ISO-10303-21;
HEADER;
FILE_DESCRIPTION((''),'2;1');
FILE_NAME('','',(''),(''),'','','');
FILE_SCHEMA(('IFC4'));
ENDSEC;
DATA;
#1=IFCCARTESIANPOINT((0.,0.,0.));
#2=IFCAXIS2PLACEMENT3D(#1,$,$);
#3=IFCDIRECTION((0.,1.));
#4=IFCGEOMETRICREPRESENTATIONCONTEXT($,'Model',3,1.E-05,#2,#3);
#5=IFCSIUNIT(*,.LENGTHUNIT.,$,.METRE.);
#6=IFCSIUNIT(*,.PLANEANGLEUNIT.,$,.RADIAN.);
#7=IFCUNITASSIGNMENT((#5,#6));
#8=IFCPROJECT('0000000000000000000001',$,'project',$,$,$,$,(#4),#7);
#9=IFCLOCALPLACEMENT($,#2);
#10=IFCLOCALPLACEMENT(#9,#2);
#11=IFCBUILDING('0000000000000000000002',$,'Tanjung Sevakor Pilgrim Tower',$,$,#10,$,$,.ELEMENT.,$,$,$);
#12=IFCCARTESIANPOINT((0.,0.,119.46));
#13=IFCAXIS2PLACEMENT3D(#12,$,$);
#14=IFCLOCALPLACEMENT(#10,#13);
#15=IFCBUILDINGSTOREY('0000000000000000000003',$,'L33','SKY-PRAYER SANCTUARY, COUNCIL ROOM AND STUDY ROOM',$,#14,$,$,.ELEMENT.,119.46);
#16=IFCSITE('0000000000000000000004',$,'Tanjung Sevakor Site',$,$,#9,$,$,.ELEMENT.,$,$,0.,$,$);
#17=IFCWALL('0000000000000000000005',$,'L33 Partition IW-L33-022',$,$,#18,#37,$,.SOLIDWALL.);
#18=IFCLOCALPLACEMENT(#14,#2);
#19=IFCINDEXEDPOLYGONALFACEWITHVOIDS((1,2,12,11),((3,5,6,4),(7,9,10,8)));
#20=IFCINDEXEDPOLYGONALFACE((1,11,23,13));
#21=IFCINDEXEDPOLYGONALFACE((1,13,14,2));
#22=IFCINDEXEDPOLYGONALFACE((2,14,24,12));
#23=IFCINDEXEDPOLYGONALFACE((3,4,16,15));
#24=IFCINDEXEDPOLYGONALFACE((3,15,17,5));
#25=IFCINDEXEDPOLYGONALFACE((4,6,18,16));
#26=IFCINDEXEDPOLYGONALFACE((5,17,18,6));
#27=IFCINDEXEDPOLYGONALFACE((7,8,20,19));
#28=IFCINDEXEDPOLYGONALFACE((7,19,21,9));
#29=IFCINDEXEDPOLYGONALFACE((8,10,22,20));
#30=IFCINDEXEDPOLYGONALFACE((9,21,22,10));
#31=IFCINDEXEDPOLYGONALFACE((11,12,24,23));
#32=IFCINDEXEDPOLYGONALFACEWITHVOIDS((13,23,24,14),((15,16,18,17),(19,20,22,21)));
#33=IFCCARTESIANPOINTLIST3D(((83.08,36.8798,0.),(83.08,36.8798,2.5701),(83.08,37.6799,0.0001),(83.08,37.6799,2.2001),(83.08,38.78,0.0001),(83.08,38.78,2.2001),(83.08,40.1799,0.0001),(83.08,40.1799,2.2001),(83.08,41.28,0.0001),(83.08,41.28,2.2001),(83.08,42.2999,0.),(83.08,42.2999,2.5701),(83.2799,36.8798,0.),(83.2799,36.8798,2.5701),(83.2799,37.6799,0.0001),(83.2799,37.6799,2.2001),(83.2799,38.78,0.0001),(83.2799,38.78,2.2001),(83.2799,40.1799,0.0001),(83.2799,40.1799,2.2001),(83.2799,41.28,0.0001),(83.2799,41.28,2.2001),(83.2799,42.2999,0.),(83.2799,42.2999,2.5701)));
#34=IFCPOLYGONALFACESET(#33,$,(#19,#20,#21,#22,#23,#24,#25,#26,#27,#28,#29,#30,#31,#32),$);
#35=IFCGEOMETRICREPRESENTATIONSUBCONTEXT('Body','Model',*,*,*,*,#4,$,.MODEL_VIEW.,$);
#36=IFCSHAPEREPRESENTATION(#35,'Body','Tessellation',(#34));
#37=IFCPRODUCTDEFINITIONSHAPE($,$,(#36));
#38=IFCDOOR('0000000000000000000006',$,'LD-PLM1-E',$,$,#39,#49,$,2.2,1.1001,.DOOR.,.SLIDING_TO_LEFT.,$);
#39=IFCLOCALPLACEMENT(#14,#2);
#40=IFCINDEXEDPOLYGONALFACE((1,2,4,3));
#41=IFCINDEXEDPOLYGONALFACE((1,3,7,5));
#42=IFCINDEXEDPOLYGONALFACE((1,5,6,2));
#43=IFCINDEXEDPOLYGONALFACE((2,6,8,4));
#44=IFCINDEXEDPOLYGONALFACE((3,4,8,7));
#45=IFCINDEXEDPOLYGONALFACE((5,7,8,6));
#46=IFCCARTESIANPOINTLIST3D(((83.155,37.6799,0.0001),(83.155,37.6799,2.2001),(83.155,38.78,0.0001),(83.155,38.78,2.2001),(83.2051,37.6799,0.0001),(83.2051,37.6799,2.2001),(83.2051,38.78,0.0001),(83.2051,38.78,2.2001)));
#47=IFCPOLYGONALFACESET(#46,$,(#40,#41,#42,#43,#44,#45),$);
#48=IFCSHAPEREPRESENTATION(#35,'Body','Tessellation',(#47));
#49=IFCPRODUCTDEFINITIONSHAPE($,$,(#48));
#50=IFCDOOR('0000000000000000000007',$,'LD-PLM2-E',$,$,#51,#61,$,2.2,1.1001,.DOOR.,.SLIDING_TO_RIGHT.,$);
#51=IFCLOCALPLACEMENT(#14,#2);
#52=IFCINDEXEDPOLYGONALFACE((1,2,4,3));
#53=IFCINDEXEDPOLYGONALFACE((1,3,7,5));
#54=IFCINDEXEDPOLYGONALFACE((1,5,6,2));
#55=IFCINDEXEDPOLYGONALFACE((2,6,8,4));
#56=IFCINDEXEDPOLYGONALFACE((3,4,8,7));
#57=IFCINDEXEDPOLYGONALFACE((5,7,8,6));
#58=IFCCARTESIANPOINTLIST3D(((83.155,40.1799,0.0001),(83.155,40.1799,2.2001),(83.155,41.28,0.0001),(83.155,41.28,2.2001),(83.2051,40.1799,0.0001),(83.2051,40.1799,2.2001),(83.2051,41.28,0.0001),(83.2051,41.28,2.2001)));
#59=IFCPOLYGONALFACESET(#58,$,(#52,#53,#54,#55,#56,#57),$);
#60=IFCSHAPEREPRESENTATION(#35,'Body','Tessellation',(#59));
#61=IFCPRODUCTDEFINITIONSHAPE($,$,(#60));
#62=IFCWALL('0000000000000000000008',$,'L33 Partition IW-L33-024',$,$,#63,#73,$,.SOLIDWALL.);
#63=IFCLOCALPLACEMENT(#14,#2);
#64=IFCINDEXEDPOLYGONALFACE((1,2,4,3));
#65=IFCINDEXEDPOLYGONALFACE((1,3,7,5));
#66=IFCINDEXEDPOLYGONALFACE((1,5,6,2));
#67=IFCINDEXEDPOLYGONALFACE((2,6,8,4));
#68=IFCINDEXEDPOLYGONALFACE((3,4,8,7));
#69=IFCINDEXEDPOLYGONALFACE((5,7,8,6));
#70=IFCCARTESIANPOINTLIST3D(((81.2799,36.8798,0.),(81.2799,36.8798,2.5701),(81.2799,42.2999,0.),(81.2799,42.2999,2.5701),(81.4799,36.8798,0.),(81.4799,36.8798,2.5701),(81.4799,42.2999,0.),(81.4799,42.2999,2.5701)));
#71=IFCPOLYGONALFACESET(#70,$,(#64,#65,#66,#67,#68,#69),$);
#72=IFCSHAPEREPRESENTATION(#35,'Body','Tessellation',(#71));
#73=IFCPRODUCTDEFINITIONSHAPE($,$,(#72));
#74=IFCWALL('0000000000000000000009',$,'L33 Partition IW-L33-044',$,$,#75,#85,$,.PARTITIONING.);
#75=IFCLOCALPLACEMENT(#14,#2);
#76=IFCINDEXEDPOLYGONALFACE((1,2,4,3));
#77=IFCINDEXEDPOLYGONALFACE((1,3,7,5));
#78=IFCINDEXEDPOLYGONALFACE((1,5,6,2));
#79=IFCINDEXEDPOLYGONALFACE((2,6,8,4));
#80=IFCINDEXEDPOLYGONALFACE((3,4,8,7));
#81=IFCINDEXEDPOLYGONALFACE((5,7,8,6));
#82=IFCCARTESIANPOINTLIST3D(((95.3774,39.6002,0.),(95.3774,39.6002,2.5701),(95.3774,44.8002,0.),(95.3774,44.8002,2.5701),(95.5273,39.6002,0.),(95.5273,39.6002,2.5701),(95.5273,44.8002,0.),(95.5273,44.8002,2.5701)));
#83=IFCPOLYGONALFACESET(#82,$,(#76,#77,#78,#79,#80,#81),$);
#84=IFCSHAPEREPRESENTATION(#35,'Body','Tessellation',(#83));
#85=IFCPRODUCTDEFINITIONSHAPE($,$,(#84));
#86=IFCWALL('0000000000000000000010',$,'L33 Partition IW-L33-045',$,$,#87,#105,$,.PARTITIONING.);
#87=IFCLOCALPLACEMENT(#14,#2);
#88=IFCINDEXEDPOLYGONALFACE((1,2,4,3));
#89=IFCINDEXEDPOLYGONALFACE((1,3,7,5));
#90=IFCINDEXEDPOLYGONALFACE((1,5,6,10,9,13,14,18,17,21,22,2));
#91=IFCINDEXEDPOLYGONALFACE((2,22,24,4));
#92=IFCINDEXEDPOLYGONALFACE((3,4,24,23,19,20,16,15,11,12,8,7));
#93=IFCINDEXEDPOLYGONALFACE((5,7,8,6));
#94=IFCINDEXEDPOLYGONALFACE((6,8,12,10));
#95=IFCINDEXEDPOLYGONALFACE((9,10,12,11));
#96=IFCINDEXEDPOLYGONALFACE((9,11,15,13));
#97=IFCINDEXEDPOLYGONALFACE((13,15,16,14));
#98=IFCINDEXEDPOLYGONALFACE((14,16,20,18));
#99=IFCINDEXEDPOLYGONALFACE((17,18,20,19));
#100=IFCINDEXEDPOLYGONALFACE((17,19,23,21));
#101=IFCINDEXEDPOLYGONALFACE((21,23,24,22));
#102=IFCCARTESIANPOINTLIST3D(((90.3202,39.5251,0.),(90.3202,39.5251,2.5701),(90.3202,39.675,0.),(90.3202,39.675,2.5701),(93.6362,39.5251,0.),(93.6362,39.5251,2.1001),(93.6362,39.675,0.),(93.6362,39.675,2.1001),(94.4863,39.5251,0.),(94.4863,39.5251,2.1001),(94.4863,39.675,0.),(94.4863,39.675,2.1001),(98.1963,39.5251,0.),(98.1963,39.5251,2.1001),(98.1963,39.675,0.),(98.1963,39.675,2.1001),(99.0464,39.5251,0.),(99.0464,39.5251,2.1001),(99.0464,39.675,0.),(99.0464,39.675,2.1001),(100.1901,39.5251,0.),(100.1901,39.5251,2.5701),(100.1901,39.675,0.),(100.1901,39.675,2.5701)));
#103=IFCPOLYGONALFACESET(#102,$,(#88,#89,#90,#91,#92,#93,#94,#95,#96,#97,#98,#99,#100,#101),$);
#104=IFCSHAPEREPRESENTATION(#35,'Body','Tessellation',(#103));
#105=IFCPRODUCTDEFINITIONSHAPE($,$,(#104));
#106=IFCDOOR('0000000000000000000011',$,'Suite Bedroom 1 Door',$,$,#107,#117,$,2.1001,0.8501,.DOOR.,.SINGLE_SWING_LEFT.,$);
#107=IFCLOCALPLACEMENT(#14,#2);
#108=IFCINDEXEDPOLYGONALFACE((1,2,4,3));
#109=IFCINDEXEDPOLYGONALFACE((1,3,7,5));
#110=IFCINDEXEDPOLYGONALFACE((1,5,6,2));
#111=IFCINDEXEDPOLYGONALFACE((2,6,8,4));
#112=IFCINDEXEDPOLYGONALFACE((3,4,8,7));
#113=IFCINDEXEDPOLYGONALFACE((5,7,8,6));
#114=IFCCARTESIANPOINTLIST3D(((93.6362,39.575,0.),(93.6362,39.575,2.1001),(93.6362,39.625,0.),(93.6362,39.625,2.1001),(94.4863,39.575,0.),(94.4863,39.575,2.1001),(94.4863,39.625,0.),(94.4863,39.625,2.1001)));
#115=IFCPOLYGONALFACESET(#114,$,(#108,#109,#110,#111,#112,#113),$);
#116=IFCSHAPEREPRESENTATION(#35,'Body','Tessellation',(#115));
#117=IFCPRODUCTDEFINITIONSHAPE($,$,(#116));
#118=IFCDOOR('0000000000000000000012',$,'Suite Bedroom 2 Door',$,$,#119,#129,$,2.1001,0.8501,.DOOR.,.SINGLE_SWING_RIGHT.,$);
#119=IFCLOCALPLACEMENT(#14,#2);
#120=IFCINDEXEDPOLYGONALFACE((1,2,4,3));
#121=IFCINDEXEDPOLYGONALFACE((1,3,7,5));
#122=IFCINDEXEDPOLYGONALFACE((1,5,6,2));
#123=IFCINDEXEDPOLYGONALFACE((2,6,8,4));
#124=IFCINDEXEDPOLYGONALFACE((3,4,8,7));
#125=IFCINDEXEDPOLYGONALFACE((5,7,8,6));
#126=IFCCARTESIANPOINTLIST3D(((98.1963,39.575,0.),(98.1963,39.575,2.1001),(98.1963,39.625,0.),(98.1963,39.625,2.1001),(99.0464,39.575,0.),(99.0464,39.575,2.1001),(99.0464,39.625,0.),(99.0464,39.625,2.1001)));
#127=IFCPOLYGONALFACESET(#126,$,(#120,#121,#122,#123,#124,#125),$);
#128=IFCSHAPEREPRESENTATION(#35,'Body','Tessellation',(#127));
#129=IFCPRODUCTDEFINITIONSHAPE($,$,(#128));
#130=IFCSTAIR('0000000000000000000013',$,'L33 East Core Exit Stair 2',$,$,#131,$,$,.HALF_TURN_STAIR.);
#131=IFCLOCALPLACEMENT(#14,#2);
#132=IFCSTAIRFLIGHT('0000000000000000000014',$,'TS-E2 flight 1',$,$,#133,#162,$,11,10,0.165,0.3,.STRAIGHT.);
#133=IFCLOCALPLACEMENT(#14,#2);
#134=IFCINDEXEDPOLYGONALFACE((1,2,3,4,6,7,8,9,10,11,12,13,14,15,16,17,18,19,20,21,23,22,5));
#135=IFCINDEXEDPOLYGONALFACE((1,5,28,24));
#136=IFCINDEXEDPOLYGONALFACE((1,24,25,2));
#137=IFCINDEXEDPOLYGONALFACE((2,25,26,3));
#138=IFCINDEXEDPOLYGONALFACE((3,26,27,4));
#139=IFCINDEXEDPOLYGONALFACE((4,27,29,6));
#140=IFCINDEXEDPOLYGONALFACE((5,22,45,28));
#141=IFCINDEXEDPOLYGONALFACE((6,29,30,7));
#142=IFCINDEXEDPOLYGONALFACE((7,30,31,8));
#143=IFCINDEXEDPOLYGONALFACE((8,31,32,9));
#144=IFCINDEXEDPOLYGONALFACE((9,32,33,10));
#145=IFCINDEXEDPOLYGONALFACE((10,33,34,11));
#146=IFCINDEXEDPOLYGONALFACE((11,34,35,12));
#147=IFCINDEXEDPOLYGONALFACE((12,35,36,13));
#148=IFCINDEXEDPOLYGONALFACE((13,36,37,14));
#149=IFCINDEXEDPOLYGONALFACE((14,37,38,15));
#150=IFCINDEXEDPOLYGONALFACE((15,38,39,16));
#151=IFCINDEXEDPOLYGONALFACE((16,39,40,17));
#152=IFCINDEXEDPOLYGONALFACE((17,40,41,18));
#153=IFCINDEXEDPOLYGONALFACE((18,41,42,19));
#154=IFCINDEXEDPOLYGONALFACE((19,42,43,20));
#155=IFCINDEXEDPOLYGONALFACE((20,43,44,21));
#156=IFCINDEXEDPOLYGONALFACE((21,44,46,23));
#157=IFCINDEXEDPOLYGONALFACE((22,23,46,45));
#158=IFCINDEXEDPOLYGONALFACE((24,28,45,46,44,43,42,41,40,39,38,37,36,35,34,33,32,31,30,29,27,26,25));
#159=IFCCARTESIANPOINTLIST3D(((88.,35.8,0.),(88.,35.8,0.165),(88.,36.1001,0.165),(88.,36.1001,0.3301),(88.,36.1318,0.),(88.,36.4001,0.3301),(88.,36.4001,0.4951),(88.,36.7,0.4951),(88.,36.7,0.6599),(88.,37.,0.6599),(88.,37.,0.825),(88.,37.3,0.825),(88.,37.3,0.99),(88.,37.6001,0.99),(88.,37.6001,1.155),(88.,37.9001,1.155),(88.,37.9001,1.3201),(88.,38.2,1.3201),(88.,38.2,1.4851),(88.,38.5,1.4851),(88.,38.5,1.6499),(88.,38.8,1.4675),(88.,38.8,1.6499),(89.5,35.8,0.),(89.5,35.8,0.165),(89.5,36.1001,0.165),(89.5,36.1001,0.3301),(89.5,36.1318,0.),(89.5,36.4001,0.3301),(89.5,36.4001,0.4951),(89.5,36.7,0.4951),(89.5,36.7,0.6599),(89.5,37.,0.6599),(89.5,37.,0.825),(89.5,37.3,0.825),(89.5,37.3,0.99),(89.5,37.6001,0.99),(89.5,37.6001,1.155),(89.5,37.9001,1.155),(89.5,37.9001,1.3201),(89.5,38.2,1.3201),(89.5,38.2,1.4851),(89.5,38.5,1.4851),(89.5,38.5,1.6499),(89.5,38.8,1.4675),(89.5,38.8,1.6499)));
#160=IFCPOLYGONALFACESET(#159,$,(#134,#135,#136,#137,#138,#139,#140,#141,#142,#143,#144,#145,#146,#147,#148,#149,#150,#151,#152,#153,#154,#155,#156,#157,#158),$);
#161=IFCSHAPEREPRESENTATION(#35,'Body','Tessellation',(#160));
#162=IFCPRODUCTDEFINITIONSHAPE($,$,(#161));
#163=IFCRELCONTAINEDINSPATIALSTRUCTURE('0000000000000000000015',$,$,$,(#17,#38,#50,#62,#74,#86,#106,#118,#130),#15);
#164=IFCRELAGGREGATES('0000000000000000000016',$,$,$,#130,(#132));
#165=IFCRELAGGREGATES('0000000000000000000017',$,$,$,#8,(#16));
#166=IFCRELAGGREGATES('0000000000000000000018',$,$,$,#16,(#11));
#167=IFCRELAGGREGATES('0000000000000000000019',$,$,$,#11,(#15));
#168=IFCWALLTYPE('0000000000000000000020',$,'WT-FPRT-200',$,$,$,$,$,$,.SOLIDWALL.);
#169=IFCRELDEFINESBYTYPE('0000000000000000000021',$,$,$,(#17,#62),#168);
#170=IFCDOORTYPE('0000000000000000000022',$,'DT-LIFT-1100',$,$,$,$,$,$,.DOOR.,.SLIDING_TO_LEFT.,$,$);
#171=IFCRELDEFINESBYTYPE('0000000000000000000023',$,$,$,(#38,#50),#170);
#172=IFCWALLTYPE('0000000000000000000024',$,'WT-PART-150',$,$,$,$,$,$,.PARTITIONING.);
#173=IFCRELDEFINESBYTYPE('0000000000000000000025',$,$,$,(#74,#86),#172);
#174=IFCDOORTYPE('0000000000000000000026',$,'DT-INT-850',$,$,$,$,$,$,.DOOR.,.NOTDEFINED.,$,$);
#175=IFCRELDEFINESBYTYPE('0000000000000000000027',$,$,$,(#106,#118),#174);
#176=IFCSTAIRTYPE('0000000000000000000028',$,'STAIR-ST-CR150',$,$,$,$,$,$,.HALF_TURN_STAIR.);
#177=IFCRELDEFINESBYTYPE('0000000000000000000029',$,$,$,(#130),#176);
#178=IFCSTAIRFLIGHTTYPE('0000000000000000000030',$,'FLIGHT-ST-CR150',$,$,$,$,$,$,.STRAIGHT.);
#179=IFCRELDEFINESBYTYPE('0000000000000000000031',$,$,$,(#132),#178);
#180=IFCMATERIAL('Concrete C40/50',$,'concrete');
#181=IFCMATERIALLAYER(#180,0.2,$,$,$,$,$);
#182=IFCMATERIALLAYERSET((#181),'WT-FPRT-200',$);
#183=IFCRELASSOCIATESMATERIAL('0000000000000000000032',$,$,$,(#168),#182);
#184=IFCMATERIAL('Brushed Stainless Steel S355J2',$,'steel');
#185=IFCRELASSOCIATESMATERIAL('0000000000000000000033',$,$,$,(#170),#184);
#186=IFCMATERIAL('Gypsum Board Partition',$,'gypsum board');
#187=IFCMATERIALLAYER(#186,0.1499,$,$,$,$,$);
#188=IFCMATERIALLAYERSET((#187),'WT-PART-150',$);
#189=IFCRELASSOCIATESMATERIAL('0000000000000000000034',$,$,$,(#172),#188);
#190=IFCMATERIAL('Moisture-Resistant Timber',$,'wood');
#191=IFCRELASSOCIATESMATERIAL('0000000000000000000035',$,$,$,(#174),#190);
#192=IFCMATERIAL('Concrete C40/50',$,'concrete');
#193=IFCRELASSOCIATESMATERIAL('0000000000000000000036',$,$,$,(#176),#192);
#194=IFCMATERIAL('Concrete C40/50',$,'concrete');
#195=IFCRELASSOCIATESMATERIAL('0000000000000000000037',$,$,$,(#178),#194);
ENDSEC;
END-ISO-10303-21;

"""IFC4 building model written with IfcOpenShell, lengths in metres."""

from ifc_helpers import new_model, si_unit, direction, frame, frame_2d, origin, place, context, subcontext, project, spatial, polyline, rectangle, outline, extrude, material, layer, layer_set, type_object, element, fill, aggregate, save


model = new_model("IFC4")

# Units and contexts
model_context = context("Model", 3, precision=1e-05, world=origin(), true_north=direction((0.0, 1.0)))
body_context = subcontext(model_context, "Body", "Model", "MODEL_VIEW")
ifc_project = project(units=[si_unit("LENGTHUNIT", "METRE"), si_unit("PLANEANGLEUNIT", "RADIAN")], contexts=[model_context])

# Site, building, storey
site_placement = place(None, origin())
site = spatial("IfcSite", under=ifc_project, at=site_placement, Name="Tanjung Sevakor Site", CompositionType="ELEMENT", RefElevation=0.0)
building_placement = place(site_placement, origin())
building = spatial("IfcBuilding", under=site, at=building_placement, Name="Tanjung Sevakor Pilgrim Tower", CompositionType="ELEMENT")
storey_placement = place(building_placement, frame((0.0, 0.0, 119.46)))
storey = spatial("IfcBuildingStorey", under=building, at=storey_placement, Name="L33", Description="SKY-PRAYER SANCTUARY, COUNCIL ROOM AND STUDY ROOM", CompositionType="ELEMENT", Elevation=119.46)

# Shared definitions
ifc_material_1 = material(Name="Concrete C40/50", Category="concrete")
ifc_layer_1 = layer(ifc_material_1, 0.2)
ifc_layer_set_1 = layer_set([ifc_layer_1], Name="WT-FPRT-200")
wall_type_1 = type_object("IfcWallType", Name="WT-FPRT-200", PredefinedType="SOLIDWALL", material=ifc_layer_set_1)

# Wall, openings, doors
wall_1_placement = place(storey_placement, frame((83.1799, 36.8799, 0.0), z_axis=(0.0, 0.0, 1.0), x_axis=(0.0, 1.0, 0.0)))
wall_1 = element("IfcWall", 1, at=wall_1_placement, inside=storey, type_object=wall_type_1, Name="L33 Partition IW-L33-022", PredefinedType="SOLIDWALL", context=body_context, shape_type="SweptSolid", body=[
    extrude(rectangle(XDim=5.4202, YDim=0.2, at=frame_2d((2.71, 0.0))), origin(), (0.0, 0.0, 1.0), 2.5701),
])
opening_1_placement = place(wall_1_placement, frame((0.8, 0.0, 0.0)))
opening_1 = element("IfcOpeningElement", 2, at=opening_1_placement, cuts=wall_1, PredefinedType="OPENING", context=body_context, shape_type="SweptSolid", body=[
    extrude(rectangle(XDim=1.1001, YDim=2.2, at=frame_2d((0.55, 1.1001))), frame((0.0, 0.1099, 0.0), z_axis=(0.0, -1.0, 0.0), x_axis=(1.0, 0.0, 0.0)), (0.0, 0.0, 1.0), 0.22),
])
opening_2_placement = place(wall_1_placement, frame((3.3, 0.0, 0.0)))
opening_2 = element("IfcOpeningElement", 3, at=opening_2_placement, cuts=wall_1, PredefinedType="OPENING", context=body_context, shape_type="SweptSolid", body=[
    extrude(rectangle(XDim=1.1001, YDim=2.2, at=frame_2d((0.55, 1.1001))), frame((0.0, 0.1099, 0.0), z_axis=(0.0, -1.0, 0.0), x_axis=(1.0, 0.0, 0.0)), (0.0, 0.0, 1.0), 0.22),
])
ifc_material_2 = material(Name="Brushed Stainless Steel S355J2", Category="steel")
door_type_1 = type_object("IfcDoorType", Name="DT-LIFT-1100", OperationType="SLIDING_TO_LEFT", PredefinedType="DOOR", material=ifc_material_2)
door_1_placement = place(opening_1_placement, origin())
door_1 = element("IfcDoor", 4, at=door_1_placement, inside=storey, type_object=door_type_1, Name="LD-PLM1-E", OperationType="SLIDING_TO_LEFT", OverallHeight=2.2, OverallWidth=1.1001, PredefinedType="DOOR", context=body_context, shape_type="SweptSolid", body=[
    extrude(rectangle(XDim=1.1001, YDim=2.2, at=frame_2d((0.55, 1.1001))), frame((0.0, 0.0249, 0.0), z_axis=(0.0, -1.0, 0.0), x_axis=(1.0, 0.0, 0.0)), (0.0, 0.0, 1.0), 0.05),
])
fill(opening_1, door_1)
door_2_placement = place(opening_2_placement, origin())
door_2 = element("IfcDoor", 5, at=door_2_placement, inside=storey, type_object=door_type_1, Name="LD-PLM2-E", OperationType="SLIDING_TO_RIGHT", OverallHeight=2.2, OverallWidth=1.1001, PredefinedType="DOOR", context=body_context, shape_type="SweptSolid", body=[
    extrude(rectangle(XDim=1.1001, YDim=2.2, at=frame_2d((0.55, 1.1001))), frame((0.0, 0.0249, 0.0), z_axis=(0.0, -1.0, 0.0), x_axis=(1.0, 0.0, 0.0)), (0.0, 0.0, 1.0), 0.05),
])
fill(opening_2, door_2)

# Walls
wall_2_placement = place(storey_placement, frame((81.3799, 36.8799, 0.0), z_axis=(0.0, 0.0, 1.0), x_axis=(0.0, 1.0, 0.0)))
element("IfcWall", 6, at=wall_2_placement, inside=storey, type_object=wall_type_1, Name="L33 Partition IW-L33-024", PredefinedType="SOLIDWALL", context=body_context, shape_type="SweptSolid", body=[
    extrude(rectangle(XDim=5.4202, YDim=0.2, at=frame_2d((2.71, 0.0))), origin(), (0.0, 0.0, 1.0), 2.5701),
])
ifc_material_3 = material(Name="Gypsum Board Partition", Category="gypsum board")
ifc_layer_2 = layer(ifc_material_3, 0.1499)
ifc_layer_set_2 = layer_set([ifc_layer_2], Name="WT-PART-150")
wall_type_2 = type_object("IfcWallType", Name="WT-PART-150", PredefinedType="PARTITIONING", material=ifc_layer_set_2)
wall_3_placement = place(storey_placement, frame((95.4524, 39.6001, 0.0), z_axis=(0.0, 0.0, 1.0), x_axis=(0.0, 1.0, 0.0)))
element("IfcWall", 7, at=wall_3_placement, inside=storey, type_object=wall_type_2, Name="L33 Partition IW-L33-044", PredefinedType="PARTITIONING", context=body_context, shape_type="SweptSolid", body=[
    extrude(rectangle(XDim=5.2, YDim=0.1499, at=frame_2d((2.6001, 0.0))), origin(), (0.0, 0.0, 1.0), 2.5701),
])

# Wall, openings, doors
wall_4_placement = place(storey_placement, frame((90.3201, 39.6001, 0.0), z_axis=(0.0, 0.0, 1.0), x_axis=(1.0, 0.0, 0.0)))
wall_4 = element("IfcWall", 8, at=wall_4_placement, inside=storey, type_object=wall_type_2, Name="L33 Partition IW-L33-045", PredefinedType="PARTITIONING", context=body_context, shape_type="SweptSolid", body=[
    extrude(rectangle(XDim=9.8699, YDim=0.1499, at=frame_2d((4.9351, 0.0))), origin(), (0.0, 0.0, 1.0), 2.5701),
])
opening_3_placement = place(wall_4_placement, frame((3.3162, 0.0, 0.0)))
opening_3 = element("IfcOpeningElement", 9, at=opening_3_placement, cuts=wall_4, PredefinedType="OPENING", context=body_context, shape_type="SweptSolid", body=[
    extrude(rectangle(XDim=0.8501, YDim=2.1001, at=frame_2d((0.425, 1.05))), frame((0.0, 0.085, 0.0), z_axis=(0.0, -1.0, 0.0), x_axis=(1.0, 0.0, 0.0)), (0.0, 0.0, 1.0), 0.1699),
])
opening_4_placement = place(wall_4_placement, frame((7.8762, 0.0, 0.0)))
opening_4 = element("IfcOpeningElement", 10, at=opening_4_placement, cuts=wall_4, PredefinedType="OPENING", context=body_context, shape_type="SweptSolid", body=[
    extrude(rectangle(XDim=0.8501, YDim=2.1001, at=frame_2d((0.425, 1.05))), frame((0.0, 0.085, 0.0), z_axis=(0.0, -1.0, 0.0), x_axis=(1.0, 0.0, 0.0)), (0.0, 0.0, 1.0), 0.1699),
])
ifc_material_4 = material(Name="Moisture-Resistant Timber", Category="wood")
door_type_2 = type_object("IfcDoorType", Name="DT-INT-850", OperationType="NOTDEFINED", PredefinedType="DOOR", material=ifc_material_4)
door_3_placement = place(opening_3_placement, origin())
door_3 = element("IfcDoor", 11, at=door_3_placement, inside=storey, type_object=door_type_2, Name="Suite Bedroom 1 Door", OperationType="SINGLE_SWING_LEFT", OverallHeight=2.1001, OverallWidth=0.8501, PredefinedType="DOOR", context=body_context, shape_type="SweptSolid", body=[
    extrude(rectangle(XDim=0.8501, YDim=2.1001, at=frame_2d((0.425, 1.05))), frame((0.0, 0.0249, 0.0), z_axis=(0.0, -1.0, 0.0), x_axis=(1.0, 0.0, 0.0)), (0.0, 0.0, 1.0), 0.05),
])
fill(opening_3, door_3)
door_4_placement = place(opening_4_placement, origin())
door_4 = element("IfcDoor", 12, at=door_4_placement, inside=storey, type_object=door_type_2, Name="Suite Bedroom 2 Door", OperationType="SINGLE_SWING_RIGHT", OverallHeight=2.1001, OverallWidth=0.8501, PredefinedType="DOOR", context=body_context, shape_type="SweptSolid", body=[
    extrude(rectangle(XDim=0.8501, YDim=2.1001, at=frame_2d((0.425, 1.05))), frame((0.0, 0.0249, 0.0), z_axis=(0.0, -1.0, 0.0), x_axis=(1.0, 0.0, 0.0)), (0.0, 0.0, 1.0), 0.05),
])
fill(opening_4, door_4)

# Stair, stair flight
ifc_material_5 = material(Name="Concrete C40/50", Category="concrete")
stair_type = type_object("IfcStairType", Name="STAIR-ST-CR150", PredefinedType="HALF_TURN_STAIR", material=ifc_material_5)
stair_placement = place(storey_placement, origin())
stair = element("IfcStair", 13, at=stair_placement, inside=storey, type_object=stair_type, Name="L33 East Core Exit Stair 2", PredefinedType="HALF_TURN_STAIR")
ifc_material_6 = material(Name="Concrete C40/50", Category="concrete")
stair_flight_type = type_object("IfcStairFlightType", Name="FLIGHT-ST-CR150", PredefinedType="STRAIGHT", material=ifc_material_6)
stair_flight_1_placement = place(storey_placement, frame((88.75, 35.8, 0.0), z_axis=(0.0, 0.0, 1.0), x_axis=(0.0, 1.0, 0.0)))
stair_flight_1 = element("IfcStairFlight", 14, at=stair_flight_1_placement, type_object=stair_flight_type, Name="TS-E2 flight 1", NumberOfRisers=11, NumberOfTreads=10, PredefinedType="STRAIGHT", RiserHeight=0.165, TreadLength=0.3, context=body_context, shape_type="SweptSolid", body=[
    extrude(outline(polyline([(0.0, 0.0), (0.0, 0.165), (0.3, 0.165), (0.3, 0.3301), (0.6001, 0.3301), (0.6001, 0.4951), (0.8999, 0.4951), (0.8999, 0.6599), (1.2, 0.6599), (1.2, 0.825), (1.5, 0.825), (1.5, 0.99), (1.8, 0.99), (1.8, 1.155), (2.1001, 1.155), (2.1001, 1.3201), (2.3999, 1.3201), (2.3999, 1.4851), (2.7, 1.4851), (2.7, 1.6499), (3.0, 1.6499), (3.0, 1.8149), (3.0, 1.4675), (0.3318, 0.0), (0.0, 0.0)])), frame((0.0, 0.75, 0.0), z_axis=(0.0, -1.0, 0.0), x_axis=(1.0, 0.0, 0.0)), (0.0, 0.0, 1.0), 1.5),
])
aggregate(stair, [stair_flight_1])

save(model, "model.ifc")
